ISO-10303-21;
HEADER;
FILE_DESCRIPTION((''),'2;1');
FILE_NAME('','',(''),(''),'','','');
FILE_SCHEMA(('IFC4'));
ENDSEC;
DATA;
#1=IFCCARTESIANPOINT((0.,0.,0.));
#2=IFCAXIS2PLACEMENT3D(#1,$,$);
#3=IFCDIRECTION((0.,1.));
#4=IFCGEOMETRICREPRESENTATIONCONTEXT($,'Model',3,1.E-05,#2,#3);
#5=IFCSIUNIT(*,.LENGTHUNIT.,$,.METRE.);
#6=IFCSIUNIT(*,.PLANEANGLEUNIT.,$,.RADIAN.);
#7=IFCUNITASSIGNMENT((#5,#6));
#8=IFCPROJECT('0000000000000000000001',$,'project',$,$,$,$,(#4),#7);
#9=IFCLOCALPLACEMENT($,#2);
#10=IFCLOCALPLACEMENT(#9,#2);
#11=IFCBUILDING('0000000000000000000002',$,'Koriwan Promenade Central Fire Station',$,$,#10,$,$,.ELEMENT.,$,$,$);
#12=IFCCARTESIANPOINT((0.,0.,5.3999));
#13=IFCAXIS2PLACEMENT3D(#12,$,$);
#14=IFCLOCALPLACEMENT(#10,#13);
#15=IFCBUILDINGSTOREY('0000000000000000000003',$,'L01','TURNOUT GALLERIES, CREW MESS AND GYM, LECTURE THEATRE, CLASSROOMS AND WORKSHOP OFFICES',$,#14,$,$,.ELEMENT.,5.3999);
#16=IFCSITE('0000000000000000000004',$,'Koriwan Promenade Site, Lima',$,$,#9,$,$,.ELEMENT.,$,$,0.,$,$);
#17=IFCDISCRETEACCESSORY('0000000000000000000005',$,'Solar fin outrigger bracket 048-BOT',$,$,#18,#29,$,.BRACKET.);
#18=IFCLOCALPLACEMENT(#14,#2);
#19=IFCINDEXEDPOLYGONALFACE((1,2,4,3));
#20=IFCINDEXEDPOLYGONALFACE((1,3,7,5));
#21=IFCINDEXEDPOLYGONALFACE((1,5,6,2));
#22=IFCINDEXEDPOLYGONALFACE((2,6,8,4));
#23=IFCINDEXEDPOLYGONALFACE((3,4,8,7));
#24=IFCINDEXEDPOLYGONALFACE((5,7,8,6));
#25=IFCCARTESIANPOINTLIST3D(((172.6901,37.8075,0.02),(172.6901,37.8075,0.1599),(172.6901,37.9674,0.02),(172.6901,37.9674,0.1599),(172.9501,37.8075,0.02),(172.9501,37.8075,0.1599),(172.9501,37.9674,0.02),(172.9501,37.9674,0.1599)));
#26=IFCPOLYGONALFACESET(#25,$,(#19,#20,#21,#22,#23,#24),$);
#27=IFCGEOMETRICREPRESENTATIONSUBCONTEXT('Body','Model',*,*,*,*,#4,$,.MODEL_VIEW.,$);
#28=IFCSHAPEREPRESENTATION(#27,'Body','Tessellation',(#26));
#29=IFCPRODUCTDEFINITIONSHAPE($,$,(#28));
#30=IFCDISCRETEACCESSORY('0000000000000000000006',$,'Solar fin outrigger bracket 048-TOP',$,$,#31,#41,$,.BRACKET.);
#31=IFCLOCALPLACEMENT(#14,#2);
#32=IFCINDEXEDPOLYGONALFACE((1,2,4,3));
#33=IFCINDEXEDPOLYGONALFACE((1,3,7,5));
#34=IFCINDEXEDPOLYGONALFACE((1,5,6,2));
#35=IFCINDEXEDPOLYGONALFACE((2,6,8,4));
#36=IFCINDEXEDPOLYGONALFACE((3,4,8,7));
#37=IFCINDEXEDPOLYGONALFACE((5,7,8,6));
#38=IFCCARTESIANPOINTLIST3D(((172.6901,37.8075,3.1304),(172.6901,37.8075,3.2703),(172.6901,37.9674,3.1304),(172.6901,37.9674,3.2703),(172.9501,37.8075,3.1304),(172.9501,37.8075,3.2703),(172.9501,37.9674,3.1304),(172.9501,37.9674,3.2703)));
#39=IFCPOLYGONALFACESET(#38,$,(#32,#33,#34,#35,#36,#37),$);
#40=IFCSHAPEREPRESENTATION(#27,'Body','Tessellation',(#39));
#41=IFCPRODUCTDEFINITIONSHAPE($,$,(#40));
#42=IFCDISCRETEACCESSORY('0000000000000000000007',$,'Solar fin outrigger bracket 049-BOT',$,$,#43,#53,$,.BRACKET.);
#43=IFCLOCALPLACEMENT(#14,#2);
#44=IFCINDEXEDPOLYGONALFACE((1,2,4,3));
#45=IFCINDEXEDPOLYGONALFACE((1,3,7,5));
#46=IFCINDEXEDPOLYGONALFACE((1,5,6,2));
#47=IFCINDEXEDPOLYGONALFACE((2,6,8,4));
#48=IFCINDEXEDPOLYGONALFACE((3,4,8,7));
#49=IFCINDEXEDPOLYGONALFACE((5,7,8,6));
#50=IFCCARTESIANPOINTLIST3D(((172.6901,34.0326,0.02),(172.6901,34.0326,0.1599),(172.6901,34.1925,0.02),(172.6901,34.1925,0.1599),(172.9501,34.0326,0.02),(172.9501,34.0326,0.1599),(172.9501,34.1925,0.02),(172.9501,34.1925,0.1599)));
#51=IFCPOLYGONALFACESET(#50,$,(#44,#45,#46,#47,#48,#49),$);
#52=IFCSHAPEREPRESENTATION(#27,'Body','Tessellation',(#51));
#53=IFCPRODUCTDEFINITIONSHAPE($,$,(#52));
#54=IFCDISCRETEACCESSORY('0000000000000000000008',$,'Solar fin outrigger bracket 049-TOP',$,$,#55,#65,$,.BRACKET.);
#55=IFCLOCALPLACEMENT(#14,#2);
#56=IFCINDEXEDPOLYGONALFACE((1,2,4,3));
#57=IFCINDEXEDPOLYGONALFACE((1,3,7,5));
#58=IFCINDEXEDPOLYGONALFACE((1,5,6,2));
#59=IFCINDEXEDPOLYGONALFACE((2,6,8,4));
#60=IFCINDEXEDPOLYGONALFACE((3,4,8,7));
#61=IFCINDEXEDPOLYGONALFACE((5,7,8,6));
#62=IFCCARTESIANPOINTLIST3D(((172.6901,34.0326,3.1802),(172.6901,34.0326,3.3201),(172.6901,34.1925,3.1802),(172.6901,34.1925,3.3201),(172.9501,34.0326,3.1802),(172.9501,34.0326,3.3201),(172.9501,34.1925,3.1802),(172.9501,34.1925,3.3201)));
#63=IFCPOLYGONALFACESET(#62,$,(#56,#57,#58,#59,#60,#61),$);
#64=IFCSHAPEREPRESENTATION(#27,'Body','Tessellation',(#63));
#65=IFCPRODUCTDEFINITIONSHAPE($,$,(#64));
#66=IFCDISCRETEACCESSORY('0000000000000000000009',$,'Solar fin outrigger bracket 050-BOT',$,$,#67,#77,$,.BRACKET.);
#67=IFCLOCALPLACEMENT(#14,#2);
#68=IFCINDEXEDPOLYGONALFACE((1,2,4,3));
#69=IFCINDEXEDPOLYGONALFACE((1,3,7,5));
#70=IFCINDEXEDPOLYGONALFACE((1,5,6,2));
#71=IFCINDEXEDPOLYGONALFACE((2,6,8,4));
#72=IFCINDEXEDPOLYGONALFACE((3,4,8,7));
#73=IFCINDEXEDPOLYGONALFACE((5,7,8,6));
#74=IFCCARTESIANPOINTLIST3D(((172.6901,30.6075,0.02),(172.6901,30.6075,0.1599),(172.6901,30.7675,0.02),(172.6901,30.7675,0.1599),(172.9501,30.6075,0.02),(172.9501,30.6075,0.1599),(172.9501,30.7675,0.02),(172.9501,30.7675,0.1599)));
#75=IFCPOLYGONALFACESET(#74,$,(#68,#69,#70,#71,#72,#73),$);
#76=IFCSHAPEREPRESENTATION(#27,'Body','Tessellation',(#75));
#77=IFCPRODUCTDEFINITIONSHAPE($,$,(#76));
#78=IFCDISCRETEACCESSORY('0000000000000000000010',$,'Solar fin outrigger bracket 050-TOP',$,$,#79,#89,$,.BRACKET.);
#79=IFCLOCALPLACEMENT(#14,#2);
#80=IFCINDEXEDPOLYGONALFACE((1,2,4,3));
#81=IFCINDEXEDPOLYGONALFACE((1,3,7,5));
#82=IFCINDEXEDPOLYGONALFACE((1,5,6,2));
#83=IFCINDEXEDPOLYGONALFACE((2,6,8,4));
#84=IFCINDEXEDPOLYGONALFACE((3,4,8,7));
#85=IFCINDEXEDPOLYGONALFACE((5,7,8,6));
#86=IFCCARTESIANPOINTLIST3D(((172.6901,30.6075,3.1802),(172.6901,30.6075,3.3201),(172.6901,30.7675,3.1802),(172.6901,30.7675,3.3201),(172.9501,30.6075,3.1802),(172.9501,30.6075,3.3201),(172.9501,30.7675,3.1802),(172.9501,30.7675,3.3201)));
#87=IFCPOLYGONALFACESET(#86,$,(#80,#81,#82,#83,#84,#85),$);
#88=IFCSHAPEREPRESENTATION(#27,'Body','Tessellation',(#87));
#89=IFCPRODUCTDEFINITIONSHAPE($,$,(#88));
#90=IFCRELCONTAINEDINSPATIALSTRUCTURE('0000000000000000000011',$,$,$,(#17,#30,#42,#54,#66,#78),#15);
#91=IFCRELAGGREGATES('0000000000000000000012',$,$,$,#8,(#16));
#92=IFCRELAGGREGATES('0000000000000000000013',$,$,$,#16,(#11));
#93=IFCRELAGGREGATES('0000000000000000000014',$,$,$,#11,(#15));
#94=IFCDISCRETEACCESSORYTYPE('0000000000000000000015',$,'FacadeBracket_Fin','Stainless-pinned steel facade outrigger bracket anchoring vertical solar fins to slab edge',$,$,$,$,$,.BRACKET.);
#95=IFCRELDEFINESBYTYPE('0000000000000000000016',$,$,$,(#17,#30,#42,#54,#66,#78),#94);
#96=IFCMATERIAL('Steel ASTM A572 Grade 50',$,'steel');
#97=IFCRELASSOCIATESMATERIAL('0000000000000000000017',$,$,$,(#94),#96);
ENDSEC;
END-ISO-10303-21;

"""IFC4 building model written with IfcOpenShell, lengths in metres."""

from ifc_helpers import new_model, si_unit, direction, frame, origin, origin_2d, place, context, subcontext, project, spatial, rectangle, extrude, material, type_object, element, save


model = new_model("IFC4")

# Units and contexts
model_context = context("Model", 3, precision=1e-05, world=origin(), true_north=direction((0.0, 1.0)))
body_context = subcontext(model_context, "Body", "Model", "MODEL_VIEW")
ifc_project = project(units=[si_unit("LENGTHUNIT", "METRE"), si_unit("PLANEANGLEUNIT", "RADIAN")], contexts=[model_context])

# Site, building, storey
site_placement = place(None, origin())
site = spatial("IfcSite", under=ifc_project, at=site_placement, Name="Koriwan Promenade Site, Lima", CompositionType="ELEMENT", RefElevation=0.0)
building_placement = place(site_placement, origin())
building = spatial("IfcBuilding", under=site, at=building_placement, Name="Koriwan Promenade Central Fire Station", CompositionType="ELEMENT")
storey_placement = place(building_placement, frame((0.0, 0.0, 5.3999)))
storey = spatial("IfcBuildingStorey", under=building, at=storey_placement, Name="L01", Description="TURNOUT GALLERIES, CREW MESS AND GYM, LECTURE THEATRE, CLASSROOMS AND WORKSHOP OFFICES", CompositionType="ELEMENT", Elevation=5.3999)

# Discrete accessories
ifc_material_1 = material(Name="Steel ASTM A572 Grade 50", Category="steel")
discrete_accessory_type = type_object("IfcDiscreteAccessoryType", Name="FacadeBracket_Fin", Description="Stainless-pinned steel facade outrigger bracket anchoring vertical solar fins to slab edge", PredefinedType="BRACKET", material=ifc_material_1)
for number, where, z_axis, x_axis, name in (
    (1, (172.8201, 37.8875, 0.02), (0.0, 0.0, 1.0), (1.0, 0.0, 0.0), "Solar fin outrigger bracket 048-BOT"),
    (2, (172.8201, 37.8875, 3.1304), (0.0, 0.0, 1.0), (1.0, 0.0, 0.0), "Solar fin outrigger bracket 048-TOP"),
    (3, (172.8201, 34.1125, 0.02), (0.0, 0.0, 1.0), (1.0, 0.0, 0.0), "Solar fin outrigger bracket 049-BOT"),
    (4, (172.8201, 34.1125, 3.1802), (0.0, 0.0, 1.0), (1.0, 0.0, 0.0), "Solar fin outrigger bracket 049-TOP"),
    (5, (172.8201, 30.6875, 0.02), (0.0, 0.0, 1.0), (1.0, 0.0, 0.0), "Solar fin outrigger bracket 050-BOT"),
    (6, (172.8201, 30.6875, 3.1802), (0.0, 0.0, 1.0), (1.0, 0.0, 0.0), "Solar fin outrigger bracket 050-TOP"),
):
    element("IfcDiscreteAccessory", number, at=place(storey_placement, frame(where, z_axis=z_axis, x_axis=x_axis)), inside=storey, type_object=discrete_accessory_type, Name=name, PredefinedType="BRACKET", context=body_context, shape_type="SweptSolid", body=[
        extrude(rectangle(XDim=0.26, YDim=0.1599, at=origin_2d()), origin(), (0.0, 0.0, 1.0), 0.1399),
    ])

save(model, "model.ifc")
